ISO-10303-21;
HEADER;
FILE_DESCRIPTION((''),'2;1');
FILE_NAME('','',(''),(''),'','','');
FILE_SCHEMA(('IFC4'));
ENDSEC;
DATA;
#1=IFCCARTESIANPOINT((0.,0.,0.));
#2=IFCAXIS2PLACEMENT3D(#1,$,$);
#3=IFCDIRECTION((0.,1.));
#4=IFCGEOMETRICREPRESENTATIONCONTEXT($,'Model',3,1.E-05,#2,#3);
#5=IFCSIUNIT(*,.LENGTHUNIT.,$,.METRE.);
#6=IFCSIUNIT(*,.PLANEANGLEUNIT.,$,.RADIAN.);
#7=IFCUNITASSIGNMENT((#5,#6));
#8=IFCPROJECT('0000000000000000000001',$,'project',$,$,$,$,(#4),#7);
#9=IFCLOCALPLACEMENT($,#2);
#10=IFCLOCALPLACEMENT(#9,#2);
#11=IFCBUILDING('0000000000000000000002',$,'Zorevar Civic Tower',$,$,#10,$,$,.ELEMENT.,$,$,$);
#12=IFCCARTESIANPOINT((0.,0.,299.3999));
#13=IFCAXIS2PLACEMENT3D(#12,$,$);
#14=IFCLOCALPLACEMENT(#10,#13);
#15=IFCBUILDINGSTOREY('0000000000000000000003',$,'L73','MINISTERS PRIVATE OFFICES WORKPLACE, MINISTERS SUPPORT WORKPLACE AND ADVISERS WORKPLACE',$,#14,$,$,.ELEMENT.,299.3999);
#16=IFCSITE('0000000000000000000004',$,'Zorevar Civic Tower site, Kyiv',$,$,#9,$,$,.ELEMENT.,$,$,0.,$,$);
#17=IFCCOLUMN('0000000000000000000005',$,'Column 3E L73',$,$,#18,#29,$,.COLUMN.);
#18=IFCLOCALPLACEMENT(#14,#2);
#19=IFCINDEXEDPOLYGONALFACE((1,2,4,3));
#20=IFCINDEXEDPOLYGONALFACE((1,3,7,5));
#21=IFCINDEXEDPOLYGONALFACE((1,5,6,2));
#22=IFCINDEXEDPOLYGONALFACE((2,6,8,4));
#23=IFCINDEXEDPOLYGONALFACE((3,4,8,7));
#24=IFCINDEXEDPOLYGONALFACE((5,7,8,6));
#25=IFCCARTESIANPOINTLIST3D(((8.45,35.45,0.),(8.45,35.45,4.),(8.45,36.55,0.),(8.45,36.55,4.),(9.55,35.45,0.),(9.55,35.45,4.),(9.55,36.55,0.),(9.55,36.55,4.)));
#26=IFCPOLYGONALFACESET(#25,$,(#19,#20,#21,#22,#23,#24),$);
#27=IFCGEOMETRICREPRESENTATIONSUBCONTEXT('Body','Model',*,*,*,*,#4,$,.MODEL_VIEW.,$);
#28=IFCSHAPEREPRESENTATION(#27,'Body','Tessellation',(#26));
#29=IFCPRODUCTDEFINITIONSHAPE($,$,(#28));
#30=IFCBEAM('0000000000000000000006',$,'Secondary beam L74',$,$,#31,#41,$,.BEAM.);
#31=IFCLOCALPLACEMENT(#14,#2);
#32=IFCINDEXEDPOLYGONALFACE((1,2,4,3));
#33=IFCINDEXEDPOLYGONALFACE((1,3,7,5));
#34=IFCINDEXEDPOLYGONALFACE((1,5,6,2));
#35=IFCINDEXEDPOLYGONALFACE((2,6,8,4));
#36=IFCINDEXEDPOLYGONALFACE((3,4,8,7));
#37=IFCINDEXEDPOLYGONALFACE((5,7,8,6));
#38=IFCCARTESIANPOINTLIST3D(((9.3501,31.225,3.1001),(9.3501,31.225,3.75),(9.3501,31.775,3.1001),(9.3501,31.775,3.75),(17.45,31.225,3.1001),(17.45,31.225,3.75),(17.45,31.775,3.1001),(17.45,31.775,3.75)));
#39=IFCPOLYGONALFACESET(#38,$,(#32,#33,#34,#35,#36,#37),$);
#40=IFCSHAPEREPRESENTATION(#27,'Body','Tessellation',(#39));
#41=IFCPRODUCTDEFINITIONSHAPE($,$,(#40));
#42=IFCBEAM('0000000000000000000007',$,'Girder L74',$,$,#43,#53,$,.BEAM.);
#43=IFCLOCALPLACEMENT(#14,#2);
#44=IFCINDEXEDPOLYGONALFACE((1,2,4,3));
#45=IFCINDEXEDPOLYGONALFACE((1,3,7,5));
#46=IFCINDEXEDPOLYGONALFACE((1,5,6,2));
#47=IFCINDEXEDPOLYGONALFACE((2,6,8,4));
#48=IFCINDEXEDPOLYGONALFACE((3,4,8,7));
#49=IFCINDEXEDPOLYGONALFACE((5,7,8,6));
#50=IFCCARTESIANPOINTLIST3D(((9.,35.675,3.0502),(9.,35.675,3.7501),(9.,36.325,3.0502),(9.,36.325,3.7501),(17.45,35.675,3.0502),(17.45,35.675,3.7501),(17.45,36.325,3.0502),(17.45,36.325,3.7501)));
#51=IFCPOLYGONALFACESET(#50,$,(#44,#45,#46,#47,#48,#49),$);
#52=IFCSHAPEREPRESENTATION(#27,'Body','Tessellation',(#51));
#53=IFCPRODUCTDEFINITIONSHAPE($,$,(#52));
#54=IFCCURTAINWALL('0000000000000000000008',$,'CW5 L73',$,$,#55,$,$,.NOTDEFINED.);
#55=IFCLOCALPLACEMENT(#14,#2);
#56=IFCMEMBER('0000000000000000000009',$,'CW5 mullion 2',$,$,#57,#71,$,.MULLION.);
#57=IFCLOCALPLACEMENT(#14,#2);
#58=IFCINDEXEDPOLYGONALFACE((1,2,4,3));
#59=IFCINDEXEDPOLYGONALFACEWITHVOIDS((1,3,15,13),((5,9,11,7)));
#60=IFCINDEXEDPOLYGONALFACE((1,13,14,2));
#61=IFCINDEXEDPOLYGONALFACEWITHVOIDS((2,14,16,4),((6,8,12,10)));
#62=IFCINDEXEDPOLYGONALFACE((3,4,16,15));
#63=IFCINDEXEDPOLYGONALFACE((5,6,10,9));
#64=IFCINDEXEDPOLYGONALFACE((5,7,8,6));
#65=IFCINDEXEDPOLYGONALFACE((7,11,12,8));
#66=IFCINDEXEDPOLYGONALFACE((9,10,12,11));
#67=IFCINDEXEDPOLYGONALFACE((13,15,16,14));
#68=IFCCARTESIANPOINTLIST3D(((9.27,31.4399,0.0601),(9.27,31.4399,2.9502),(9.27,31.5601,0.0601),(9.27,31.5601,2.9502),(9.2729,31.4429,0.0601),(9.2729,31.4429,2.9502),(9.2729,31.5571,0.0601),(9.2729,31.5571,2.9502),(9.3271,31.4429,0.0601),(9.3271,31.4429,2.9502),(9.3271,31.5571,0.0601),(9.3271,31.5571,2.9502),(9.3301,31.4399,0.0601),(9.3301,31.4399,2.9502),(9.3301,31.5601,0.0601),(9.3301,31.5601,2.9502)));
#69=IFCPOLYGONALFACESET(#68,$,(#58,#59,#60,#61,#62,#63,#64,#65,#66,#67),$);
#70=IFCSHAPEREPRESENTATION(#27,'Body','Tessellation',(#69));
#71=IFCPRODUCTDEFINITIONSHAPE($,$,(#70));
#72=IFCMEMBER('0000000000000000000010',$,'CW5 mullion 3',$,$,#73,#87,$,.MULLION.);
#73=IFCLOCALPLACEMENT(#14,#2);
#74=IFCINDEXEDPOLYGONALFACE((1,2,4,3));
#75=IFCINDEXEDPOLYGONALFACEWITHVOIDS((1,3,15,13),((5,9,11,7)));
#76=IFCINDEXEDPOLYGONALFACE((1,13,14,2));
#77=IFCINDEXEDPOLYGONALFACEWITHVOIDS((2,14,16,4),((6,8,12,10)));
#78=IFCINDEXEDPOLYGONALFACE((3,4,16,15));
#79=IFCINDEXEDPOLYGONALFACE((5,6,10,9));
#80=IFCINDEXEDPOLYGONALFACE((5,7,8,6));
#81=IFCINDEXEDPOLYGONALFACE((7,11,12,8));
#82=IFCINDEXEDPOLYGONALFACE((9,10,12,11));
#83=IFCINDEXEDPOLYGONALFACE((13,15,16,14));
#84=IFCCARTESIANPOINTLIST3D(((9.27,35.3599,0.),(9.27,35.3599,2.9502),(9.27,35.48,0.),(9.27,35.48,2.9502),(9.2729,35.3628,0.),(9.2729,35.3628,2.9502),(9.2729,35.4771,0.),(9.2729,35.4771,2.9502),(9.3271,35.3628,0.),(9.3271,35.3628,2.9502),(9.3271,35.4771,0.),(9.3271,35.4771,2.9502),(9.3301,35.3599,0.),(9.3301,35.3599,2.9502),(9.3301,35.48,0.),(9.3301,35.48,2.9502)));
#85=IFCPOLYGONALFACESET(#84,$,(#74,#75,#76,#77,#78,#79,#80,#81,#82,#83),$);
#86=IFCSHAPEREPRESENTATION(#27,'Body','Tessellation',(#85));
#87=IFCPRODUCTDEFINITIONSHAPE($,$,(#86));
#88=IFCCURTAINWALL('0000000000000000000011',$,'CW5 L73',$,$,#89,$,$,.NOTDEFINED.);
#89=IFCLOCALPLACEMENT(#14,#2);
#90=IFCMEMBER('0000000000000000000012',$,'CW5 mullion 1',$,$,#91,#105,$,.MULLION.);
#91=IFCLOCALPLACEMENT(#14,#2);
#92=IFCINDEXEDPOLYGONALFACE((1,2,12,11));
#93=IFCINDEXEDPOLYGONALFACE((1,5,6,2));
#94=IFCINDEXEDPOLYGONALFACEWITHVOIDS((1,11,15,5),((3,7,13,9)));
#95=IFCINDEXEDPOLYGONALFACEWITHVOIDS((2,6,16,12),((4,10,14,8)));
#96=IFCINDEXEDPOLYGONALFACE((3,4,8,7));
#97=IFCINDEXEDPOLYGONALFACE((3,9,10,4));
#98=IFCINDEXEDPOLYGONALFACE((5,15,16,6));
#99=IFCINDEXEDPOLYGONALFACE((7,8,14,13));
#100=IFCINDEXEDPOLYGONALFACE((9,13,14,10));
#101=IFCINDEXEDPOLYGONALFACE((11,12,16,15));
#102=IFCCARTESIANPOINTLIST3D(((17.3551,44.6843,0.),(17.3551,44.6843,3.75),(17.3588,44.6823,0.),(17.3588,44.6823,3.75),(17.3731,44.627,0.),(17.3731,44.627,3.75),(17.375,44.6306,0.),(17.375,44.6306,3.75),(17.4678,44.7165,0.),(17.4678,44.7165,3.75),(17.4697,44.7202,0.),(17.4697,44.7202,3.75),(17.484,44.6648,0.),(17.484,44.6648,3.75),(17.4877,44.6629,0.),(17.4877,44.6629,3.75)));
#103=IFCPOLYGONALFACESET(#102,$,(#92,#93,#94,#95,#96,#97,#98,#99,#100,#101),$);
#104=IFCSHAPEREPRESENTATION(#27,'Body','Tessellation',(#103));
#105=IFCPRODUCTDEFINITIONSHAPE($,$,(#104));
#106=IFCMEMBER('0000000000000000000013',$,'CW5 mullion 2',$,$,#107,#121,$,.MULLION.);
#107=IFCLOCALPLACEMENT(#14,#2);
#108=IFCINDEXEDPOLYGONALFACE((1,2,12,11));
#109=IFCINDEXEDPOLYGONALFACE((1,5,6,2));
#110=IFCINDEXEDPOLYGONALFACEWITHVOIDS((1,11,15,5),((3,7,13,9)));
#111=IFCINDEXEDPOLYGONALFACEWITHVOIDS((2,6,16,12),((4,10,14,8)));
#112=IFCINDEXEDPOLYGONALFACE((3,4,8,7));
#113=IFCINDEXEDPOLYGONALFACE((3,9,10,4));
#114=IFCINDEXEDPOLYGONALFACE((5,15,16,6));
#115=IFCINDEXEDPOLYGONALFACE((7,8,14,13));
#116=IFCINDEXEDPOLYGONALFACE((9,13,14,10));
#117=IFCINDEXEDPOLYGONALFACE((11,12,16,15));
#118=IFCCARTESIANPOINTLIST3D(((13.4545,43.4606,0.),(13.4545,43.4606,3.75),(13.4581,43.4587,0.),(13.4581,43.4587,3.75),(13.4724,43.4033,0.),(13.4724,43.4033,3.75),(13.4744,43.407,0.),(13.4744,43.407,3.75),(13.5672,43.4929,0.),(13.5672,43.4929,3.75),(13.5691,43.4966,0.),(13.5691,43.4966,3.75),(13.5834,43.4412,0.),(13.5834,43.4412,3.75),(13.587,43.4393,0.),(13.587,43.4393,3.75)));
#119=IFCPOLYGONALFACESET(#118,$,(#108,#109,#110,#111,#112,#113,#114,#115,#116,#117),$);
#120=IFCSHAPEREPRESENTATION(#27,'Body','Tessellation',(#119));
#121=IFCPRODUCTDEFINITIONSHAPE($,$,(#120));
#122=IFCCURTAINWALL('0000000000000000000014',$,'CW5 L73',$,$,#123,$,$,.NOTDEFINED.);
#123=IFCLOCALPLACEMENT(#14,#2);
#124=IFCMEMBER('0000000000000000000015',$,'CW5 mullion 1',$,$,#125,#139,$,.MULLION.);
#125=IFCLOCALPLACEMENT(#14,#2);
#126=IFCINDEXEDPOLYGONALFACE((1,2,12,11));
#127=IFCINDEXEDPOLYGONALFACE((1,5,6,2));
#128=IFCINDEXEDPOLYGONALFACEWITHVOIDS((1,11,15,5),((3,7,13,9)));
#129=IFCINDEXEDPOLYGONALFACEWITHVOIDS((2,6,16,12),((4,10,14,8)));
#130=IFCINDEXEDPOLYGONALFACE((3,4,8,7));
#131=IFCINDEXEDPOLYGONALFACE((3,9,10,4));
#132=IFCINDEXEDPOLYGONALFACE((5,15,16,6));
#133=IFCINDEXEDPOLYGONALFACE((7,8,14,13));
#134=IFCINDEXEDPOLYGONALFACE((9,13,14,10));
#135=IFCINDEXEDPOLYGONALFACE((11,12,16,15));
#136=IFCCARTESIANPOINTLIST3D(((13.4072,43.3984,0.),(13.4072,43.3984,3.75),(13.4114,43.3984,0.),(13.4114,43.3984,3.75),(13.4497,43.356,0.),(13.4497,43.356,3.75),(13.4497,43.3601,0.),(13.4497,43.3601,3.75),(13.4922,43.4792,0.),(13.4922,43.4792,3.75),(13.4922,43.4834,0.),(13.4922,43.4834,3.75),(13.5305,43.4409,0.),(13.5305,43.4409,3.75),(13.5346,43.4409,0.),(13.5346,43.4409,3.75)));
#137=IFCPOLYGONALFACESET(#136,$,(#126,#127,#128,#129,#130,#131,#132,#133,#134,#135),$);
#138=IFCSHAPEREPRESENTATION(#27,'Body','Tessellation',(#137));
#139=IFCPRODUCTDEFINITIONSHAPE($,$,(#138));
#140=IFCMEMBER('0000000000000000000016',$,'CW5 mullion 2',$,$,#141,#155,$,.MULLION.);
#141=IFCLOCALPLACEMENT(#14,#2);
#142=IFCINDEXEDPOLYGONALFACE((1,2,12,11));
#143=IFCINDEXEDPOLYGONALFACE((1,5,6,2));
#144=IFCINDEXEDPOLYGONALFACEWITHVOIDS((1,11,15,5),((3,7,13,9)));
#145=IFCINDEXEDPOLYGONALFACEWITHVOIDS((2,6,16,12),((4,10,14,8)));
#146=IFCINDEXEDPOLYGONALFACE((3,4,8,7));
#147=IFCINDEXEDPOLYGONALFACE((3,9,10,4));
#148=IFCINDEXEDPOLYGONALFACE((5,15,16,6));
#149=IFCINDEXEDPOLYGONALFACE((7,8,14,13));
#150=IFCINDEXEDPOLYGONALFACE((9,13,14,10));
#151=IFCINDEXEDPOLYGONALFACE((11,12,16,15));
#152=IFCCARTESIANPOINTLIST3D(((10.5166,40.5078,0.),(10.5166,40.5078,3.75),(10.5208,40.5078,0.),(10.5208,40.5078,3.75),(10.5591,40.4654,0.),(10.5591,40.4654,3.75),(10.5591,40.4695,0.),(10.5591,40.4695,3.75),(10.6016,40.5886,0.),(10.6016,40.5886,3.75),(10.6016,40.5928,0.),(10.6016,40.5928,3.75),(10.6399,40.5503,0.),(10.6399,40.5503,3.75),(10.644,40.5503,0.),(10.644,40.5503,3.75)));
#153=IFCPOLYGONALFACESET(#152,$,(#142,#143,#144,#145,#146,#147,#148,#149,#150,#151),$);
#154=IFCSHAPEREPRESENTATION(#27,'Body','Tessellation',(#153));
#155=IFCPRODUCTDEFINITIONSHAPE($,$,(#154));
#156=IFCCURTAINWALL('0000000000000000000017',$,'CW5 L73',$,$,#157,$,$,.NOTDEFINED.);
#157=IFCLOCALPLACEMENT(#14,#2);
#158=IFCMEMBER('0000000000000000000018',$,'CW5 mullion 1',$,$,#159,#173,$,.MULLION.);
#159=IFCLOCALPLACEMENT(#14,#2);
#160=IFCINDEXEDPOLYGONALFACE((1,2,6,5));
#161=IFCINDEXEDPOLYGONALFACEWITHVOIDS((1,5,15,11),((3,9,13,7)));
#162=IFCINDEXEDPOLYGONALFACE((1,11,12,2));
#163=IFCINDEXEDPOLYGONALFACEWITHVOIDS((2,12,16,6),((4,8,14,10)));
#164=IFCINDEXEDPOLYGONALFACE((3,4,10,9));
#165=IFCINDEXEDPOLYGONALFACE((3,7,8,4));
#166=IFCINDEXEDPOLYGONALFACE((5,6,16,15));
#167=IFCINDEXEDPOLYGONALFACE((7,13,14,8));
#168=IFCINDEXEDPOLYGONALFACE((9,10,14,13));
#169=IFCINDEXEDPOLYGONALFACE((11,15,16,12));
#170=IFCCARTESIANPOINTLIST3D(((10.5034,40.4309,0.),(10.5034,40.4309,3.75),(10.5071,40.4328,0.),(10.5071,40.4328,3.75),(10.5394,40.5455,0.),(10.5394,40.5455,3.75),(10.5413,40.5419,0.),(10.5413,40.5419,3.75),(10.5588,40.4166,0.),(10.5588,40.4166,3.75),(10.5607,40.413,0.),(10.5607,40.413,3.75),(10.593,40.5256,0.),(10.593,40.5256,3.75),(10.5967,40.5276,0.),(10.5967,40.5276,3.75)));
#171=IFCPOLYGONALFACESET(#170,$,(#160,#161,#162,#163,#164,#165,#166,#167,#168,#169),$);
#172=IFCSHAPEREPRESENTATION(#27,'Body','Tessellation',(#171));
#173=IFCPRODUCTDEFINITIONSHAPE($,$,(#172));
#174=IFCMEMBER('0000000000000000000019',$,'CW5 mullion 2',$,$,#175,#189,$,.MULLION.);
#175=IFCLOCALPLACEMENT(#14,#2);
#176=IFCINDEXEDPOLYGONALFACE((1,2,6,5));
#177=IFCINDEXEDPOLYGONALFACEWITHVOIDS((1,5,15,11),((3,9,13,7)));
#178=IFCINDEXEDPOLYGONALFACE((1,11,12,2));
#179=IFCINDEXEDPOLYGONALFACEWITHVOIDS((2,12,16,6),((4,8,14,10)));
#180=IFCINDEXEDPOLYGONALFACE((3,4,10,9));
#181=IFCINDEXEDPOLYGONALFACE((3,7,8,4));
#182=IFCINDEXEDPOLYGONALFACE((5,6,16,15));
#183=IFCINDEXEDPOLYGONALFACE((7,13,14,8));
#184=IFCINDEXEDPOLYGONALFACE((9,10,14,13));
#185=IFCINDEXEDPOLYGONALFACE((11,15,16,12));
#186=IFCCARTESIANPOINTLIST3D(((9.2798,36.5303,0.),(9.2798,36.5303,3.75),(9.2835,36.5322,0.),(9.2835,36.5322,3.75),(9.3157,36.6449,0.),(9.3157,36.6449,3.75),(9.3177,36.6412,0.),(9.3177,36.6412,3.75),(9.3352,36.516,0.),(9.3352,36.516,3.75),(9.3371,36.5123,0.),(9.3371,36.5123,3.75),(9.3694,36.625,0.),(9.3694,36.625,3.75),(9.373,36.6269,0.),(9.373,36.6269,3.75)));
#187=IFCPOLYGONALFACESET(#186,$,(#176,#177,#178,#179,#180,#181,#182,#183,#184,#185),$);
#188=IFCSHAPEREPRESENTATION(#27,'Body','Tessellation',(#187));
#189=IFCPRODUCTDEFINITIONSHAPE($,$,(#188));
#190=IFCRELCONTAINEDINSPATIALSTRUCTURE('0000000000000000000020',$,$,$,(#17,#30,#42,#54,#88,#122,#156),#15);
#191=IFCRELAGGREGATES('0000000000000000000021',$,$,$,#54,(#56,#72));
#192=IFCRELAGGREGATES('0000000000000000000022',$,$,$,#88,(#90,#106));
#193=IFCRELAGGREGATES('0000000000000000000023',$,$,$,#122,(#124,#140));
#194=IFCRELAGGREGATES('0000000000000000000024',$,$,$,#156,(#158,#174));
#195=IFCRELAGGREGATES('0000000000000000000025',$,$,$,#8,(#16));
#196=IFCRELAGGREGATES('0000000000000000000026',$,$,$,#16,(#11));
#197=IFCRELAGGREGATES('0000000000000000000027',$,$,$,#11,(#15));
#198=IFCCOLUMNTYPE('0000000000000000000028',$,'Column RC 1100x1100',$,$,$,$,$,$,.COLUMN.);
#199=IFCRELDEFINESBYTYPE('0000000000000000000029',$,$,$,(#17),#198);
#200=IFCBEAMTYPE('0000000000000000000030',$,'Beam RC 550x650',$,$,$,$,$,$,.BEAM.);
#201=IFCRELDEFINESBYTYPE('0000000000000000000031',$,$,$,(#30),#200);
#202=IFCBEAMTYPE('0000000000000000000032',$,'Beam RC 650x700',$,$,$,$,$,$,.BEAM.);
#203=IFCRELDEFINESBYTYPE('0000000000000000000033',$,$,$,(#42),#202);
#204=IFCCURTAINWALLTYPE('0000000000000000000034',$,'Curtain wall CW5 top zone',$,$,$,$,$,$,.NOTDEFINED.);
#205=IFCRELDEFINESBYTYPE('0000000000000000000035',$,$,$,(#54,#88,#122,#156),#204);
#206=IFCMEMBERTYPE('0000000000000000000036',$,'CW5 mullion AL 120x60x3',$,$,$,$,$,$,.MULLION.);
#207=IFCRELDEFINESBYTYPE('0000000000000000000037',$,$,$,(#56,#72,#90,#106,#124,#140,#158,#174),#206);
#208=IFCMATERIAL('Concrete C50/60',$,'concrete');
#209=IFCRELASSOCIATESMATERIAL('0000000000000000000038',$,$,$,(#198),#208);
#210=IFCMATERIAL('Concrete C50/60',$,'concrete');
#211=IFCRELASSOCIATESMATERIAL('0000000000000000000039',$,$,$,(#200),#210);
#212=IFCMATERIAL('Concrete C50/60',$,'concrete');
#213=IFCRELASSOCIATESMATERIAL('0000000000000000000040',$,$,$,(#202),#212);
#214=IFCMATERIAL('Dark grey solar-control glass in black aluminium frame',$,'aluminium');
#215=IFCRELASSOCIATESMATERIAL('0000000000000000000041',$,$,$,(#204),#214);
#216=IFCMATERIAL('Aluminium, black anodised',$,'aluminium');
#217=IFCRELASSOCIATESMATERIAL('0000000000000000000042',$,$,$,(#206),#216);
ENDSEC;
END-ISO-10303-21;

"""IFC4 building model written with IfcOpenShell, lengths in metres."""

from ifc_helpers import new_model, si_unit, direction, frame, origin, origin_2d, place, context, subcontext, project, spatial, rectangle, hollow_rectangle, extrude, material, material_profile, profile_set, type_object, element, aggregate, save


model = new_model("IFC4")

# Units and contexts
model_context = context("Model", 3, precision=1e-05, world=origin(), true_north=direction((0.0, 1.0)))
body_context = subcontext(model_context, "Body", "Model", "MODEL_VIEW")
ifc_project = project(units=[si_unit("LENGTHUNIT", "METRE"), si_unit("PLANEANGLEUNIT", "RADIAN")], contexts=[model_context])

# Site, building, storey
site_placement = place(None, origin())
site = spatial("IfcSite", under=ifc_project, at=site_placement, Name="Zorevar Civic Tower site, Kyiv", CompositionType="ELEMENT", RefElevation=0.0)
building_placement = place(site_placement, origin())
building = spatial("IfcBuilding", under=site, at=building_placement, Name="Zorevar Civic Tower", CompositionType="ELEMENT")
storey_placement = place(building_placement, frame((0.0, 0.0, 299.3999)))
storey = spatial("IfcBuildingStorey", under=building, at=storey_placement, Name="L73", Description="MINISTERS PRIVATE OFFICES WORKPLACE, MINISTERS SUPPORT WORKPLACE AND ADVISERS WORKPLACE", CompositionType="ELEMENT", Elevation=299.3999)

# Column
ifc_material_1 = material(Name="Concrete C50/60", Category="concrete")
ifc_material_profile_1 = material_profile(ifc_material_1, rectangle(XDim=1.1001, YDim=1.1001, at=origin_2d()), Name="RC 1100x1100")
ifc_profile_set_1 = profile_set([ifc_material_profile_1], Name="Concrete C50/60")
column_type = type_object("IfcColumnType", Name="Column RC 1100x1100", PredefinedType="COLUMN", material=ifc_profile_set_1)
column_placement = place(storey_placement, frame((9.0, 36.0, 0.0), z_axis=(0.0, 0.0, 1.0), x_axis=(1.0, 0.0, 0.0)))
element("IfcColumn", 1, at=column_placement, inside=storey, type_object=column_type, Name="Column 3E L73", PredefinedType="COLUMN", context=body_context, shape_type="SweptSolid", body=[
    extrude(rectangle(XDim=1.1001, YDim=1.1001, at=origin_2d()), origin(), (0.0, 0.0, 1.0), 4.0),
])

# Beams
ifc_material_2 = material(Name="Concrete C50/60", Category="concrete")
ifc_material_profile_2 = material_profile(ifc_material_2, rectangle(XDim=0.55, YDim=0.6499, at=origin_2d()), Name="RC 550x650")
ifc_profile_set_2 = profile_set([ifc_material_profile_2], Name="Concrete C50/60")
beam_type_1 = type_object("IfcBeamType", Name="Beam RC 550x650", PredefinedType="BEAM", material=ifc_profile_set_2)
beam_1_placement = place(storey_placement, frame((9.3501, 31.5, 3.425), z_axis=(1.0, 0.0, 0.0), x_axis=(0.0, 1.0, 0.0)))
element("IfcBeam", 2, at=beam_1_placement, inside=storey, type_object=beam_type_1, Name="Secondary beam L74", PredefinedType="BEAM", context=body_context, shape_type="SweptSolid", body=[
    extrude(rectangle(XDim=0.55, YDim=0.6499, at=origin_2d()), origin(), (0.0, 0.0, 1.0), 8.0999),
])
ifc_material_3 = material(Name="Concrete C50/60", Category="concrete")
ifc_material_profile_3 = material_profile(ifc_material_3, rectangle(XDim=0.6499, YDim=0.7, at=origin_2d()), Name="RC 650x700")
ifc_profile_set_3 = profile_set([ifc_material_profile_3], Name="Concrete C50/60")
beam_type_2 = type_object("IfcBeamType", Name="Beam RC 650x700", PredefinedType="BEAM", material=ifc_profile_set_3)
beam_2_placement = place(storey_placement, frame((9.0, 36.0, 3.4001), z_axis=(1.0, 0.0, 0.0), x_axis=(0.0, 1.0, 0.0)))
element("IfcBeam", 3, at=beam_2_placement, inside=storey, type_object=beam_type_2, Name="Girder L74", PredefinedType="BEAM", context=body_context, shape_type="SweptSolid", body=[
    extrude(rectangle(XDim=0.6499, YDim=0.7, at=origin_2d()), origin(), (0.0, 0.0, 1.0), 8.45),
])

# Curtain walls, members
ifc_material_4 = material(Name="Dark grey solar-control glass in black aluminium frame", Category="aluminium")
curtain_wall_type = type_object("IfcCurtainWallType", Name="Curtain wall CW5 top zone", PredefinedType="NOTDEFINED", material=ifc_material_4)
curtain_wall_1_placement = place(storey_placement, origin())
curtain_wall_1 = element("IfcCurtainWall", 4, at=curtain_wall_1_placement, inside=storey, type_object=curtain_wall_type, Name="CW5 L73", PredefinedType="NOTDEFINED")
ifc_material_5 = material(Name="Aluminium, black anodised", Category="aluminium")
ifc_material_profile_4 = material_profile(ifc_material_5, hollow_rectangle(XDim=0.0601, YDim=0.1201, WallThickness=0.0029, at=origin_2d()), Name="AL 120x60x3")
ifc_profile_set_4 = profile_set([ifc_material_profile_4], Name="Aluminium, black anodised")
member_type_1 = type_object("IfcMemberType", Name="CW5 mullion AL 120x60x3", PredefinedType="MULLION", material=ifc_profile_set_4)
member_1_placement = place(storey_placement, frame((9.3, 31.5, 0.0601), z_axis=(0.0, 0.0, 1.0), x_axis=(-1.0, 0.0, 0.0)))
member_1 = element("IfcMember", 5, at=member_1_placement, type_object=member_type_1, Name="CW5 mullion 2", PredefinedType="MULLION", context=body_context, shape_type="SweptSolid", body=[
    extrude(hollow_rectangle(XDim=0.0601, YDim=0.1201, WallThickness=0.0029, at=origin_2d()), origin(), (0.0, 0.0, 1.0), 2.8901),
])
member_2_placement = place(storey_placement, frame((9.3, 35.4199, 0.0), z_axis=(0.0, 0.0, 1.0), x_axis=(-1.0, 0.0, 0.0)))
member_2 = element("IfcMember", 6, at=member_2_placement, type_object=member_type_1, Name="CW5 mullion 3", PredefinedType="MULLION", context=body_context, shape_type="SweptSolid", body=[
    extrude(hollow_rectangle(XDim=0.0601, YDim=0.1201, WallThickness=0.0029, at=origin_2d()), origin(), (0.0, 0.0, 1.0), 2.9502),
])
curtain_wall_2_placement = place(storey_placement, origin())
curtain_wall_2 = element("IfcCurtainWall", 7, at=curtain_wall_2_placement, inside=storey, type_object=curtain_wall_type, Name="CW5 L73", PredefinedType="NOTDEFINED")
member_3_placement = place(storey_placement, frame((17.4214, 44.6736, 0.0), z_axis=(0.0, 0.0, 1.0), x_axis=(0.299318, -0.954153, 0.0)))
member_3 = element("IfcMember", 8, at=member_3_placement, type_object=member_type_1, Name="CW5 mullion 1", PredefinedType="MULLION", context=body_context, shape_type="SweptSolid", body=[
    extrude(hollow_rectangle(XDim=0.0601, YDim=0.1201, WallThickness=0.0029, at=origin_2d()), origin(), (0.0, 0.0, 1.0), 3.75),
])
member_4_placement = place(storey_placement, frame((13.5208, 43.45, 0.0), z_axis=(0.0, 0.0, 1.0), x_axis=(0.299318, -0.954153, 0.0)))
member_4 = element("IfcMember", 9, at=member_4_placement, type_object=member_type_1, Name="CW5 mullion 2", PredefinedType="MULLION", context=body_context, shape_type="SweptSolid", body=[
    extrude(hollow_rectangle(XDim=0.0601, YDim=0.1201, WallThickness=0.0029, at=origin_2d()), origin(), (0.0, 0.0, 1.0), 3.75),
])
curtain_wall_3_placement = place(storey_placement, origin())
curtain_wall_3 = element("IfcCurtainWall", 10, at=curtain_wall_3_placement, inside=storey, type_object=curtain_wall_type, Name="CW5 L73", PredefinedType="NOTDEFINED")
member_5_placement = place(storey_placement, frame((13.4709, 43.4197, 0.0), z_axis=(0.0, 0.0, 1.0), x_axis=(0.707107, -0.707107, 0.0)))
member_5 = element("IfcMember", 11, at=member_5_placement, type_object=member_type_1, Name="CW5 mullion 1", PredefinedType="MULLION", context=body_context, shape_type="SweptSolid", body=[
    extrude(hollow_rectangle(XDim=0.0601, YDim=0.1201, WallThickness=0.0029, at=origin_2d()), origin(), (0.0, 0.0, 1.0), 3.75),
])
member_6_placement = place(storey_placement, frame((10.5803, 40.5291, 0.0), z_axis=(0.0, 0.0, 1.0), x_axis=(0.707107, -0.707107, 0.0)))
member_6 = element("IfcMember", 12, at=member_6_placement, type_object=member_type_1, Name="CW5 mullion 2", PredefinedType="MULLION", context=body_context, shape_type="SweptSolid", body=[
    extrude(hollow_rectangle(XDim=0.0601, YDim=0.1201, WallThickness=0.0029, at=origin_2d()), origin(), (0.0, 0.0, 1.0), 3.75),
])
curtain_wall_4_placement = place(storey_placement, origin())
curtain_wall_4 = element("IfcCurtainWall", 13, at=curtain_wall_4_placement, inside=storey, type_object=curtain_wall_type, Name="CW5 L73", PredefinedType="NOTDEFINED")
member_7_placement = place(storey_placement, frame((10.55, 40.4792, 0.0), z_axis=(0.0, 0.0, 1.0), x_axis=(0.954153, -0.299318, 0.0)))
member_7 = element("IfcMember", 14, at=member_7_placement, type_object=member_type_1, Name="CW5 mullion 1", PredefinedType="MULLION", context=body_context, shape_type="SweptSolid", body=[
    extrude(hollow_rectangle(XDim=0.0601, YDim=0.1201, WallThickness=0.0029, at=origin_2d()), origin(), (0.0, 0.0, 1.0), 3.75),
])
member_8_placement = place(storey_placement, frame((9.3264, 36.5786, 0.0), z_axis=(0.0, 0.0, 1.0), x_axis=(0.954153, -0.299318, 0.0)))
member_8 = element("IfcMember", 15, at=member_8_placement, type_object=member_type_1, Name="CW5 mullion 2", PredefinedType="MULLION", context=body_context, shape_type="SweptSolid", body=[
    extrude(hollow_rectangle(XDim=0.0601, YDim=0.1201, WallThickness=0.0029, at=origin_2d()), origin(), (0.0, 0.0, 1.0), 3.75),
])

aggregate(curtain_wall_1, [member_1, member_2])
aggregate(curtain_wall_2, [member_3, member_4])
aggregate(curtain_wall_3, [member_5, member_6])
aggregate(curtain_wall_4, [member_7, member_8])

save(model, "model.ifc")
